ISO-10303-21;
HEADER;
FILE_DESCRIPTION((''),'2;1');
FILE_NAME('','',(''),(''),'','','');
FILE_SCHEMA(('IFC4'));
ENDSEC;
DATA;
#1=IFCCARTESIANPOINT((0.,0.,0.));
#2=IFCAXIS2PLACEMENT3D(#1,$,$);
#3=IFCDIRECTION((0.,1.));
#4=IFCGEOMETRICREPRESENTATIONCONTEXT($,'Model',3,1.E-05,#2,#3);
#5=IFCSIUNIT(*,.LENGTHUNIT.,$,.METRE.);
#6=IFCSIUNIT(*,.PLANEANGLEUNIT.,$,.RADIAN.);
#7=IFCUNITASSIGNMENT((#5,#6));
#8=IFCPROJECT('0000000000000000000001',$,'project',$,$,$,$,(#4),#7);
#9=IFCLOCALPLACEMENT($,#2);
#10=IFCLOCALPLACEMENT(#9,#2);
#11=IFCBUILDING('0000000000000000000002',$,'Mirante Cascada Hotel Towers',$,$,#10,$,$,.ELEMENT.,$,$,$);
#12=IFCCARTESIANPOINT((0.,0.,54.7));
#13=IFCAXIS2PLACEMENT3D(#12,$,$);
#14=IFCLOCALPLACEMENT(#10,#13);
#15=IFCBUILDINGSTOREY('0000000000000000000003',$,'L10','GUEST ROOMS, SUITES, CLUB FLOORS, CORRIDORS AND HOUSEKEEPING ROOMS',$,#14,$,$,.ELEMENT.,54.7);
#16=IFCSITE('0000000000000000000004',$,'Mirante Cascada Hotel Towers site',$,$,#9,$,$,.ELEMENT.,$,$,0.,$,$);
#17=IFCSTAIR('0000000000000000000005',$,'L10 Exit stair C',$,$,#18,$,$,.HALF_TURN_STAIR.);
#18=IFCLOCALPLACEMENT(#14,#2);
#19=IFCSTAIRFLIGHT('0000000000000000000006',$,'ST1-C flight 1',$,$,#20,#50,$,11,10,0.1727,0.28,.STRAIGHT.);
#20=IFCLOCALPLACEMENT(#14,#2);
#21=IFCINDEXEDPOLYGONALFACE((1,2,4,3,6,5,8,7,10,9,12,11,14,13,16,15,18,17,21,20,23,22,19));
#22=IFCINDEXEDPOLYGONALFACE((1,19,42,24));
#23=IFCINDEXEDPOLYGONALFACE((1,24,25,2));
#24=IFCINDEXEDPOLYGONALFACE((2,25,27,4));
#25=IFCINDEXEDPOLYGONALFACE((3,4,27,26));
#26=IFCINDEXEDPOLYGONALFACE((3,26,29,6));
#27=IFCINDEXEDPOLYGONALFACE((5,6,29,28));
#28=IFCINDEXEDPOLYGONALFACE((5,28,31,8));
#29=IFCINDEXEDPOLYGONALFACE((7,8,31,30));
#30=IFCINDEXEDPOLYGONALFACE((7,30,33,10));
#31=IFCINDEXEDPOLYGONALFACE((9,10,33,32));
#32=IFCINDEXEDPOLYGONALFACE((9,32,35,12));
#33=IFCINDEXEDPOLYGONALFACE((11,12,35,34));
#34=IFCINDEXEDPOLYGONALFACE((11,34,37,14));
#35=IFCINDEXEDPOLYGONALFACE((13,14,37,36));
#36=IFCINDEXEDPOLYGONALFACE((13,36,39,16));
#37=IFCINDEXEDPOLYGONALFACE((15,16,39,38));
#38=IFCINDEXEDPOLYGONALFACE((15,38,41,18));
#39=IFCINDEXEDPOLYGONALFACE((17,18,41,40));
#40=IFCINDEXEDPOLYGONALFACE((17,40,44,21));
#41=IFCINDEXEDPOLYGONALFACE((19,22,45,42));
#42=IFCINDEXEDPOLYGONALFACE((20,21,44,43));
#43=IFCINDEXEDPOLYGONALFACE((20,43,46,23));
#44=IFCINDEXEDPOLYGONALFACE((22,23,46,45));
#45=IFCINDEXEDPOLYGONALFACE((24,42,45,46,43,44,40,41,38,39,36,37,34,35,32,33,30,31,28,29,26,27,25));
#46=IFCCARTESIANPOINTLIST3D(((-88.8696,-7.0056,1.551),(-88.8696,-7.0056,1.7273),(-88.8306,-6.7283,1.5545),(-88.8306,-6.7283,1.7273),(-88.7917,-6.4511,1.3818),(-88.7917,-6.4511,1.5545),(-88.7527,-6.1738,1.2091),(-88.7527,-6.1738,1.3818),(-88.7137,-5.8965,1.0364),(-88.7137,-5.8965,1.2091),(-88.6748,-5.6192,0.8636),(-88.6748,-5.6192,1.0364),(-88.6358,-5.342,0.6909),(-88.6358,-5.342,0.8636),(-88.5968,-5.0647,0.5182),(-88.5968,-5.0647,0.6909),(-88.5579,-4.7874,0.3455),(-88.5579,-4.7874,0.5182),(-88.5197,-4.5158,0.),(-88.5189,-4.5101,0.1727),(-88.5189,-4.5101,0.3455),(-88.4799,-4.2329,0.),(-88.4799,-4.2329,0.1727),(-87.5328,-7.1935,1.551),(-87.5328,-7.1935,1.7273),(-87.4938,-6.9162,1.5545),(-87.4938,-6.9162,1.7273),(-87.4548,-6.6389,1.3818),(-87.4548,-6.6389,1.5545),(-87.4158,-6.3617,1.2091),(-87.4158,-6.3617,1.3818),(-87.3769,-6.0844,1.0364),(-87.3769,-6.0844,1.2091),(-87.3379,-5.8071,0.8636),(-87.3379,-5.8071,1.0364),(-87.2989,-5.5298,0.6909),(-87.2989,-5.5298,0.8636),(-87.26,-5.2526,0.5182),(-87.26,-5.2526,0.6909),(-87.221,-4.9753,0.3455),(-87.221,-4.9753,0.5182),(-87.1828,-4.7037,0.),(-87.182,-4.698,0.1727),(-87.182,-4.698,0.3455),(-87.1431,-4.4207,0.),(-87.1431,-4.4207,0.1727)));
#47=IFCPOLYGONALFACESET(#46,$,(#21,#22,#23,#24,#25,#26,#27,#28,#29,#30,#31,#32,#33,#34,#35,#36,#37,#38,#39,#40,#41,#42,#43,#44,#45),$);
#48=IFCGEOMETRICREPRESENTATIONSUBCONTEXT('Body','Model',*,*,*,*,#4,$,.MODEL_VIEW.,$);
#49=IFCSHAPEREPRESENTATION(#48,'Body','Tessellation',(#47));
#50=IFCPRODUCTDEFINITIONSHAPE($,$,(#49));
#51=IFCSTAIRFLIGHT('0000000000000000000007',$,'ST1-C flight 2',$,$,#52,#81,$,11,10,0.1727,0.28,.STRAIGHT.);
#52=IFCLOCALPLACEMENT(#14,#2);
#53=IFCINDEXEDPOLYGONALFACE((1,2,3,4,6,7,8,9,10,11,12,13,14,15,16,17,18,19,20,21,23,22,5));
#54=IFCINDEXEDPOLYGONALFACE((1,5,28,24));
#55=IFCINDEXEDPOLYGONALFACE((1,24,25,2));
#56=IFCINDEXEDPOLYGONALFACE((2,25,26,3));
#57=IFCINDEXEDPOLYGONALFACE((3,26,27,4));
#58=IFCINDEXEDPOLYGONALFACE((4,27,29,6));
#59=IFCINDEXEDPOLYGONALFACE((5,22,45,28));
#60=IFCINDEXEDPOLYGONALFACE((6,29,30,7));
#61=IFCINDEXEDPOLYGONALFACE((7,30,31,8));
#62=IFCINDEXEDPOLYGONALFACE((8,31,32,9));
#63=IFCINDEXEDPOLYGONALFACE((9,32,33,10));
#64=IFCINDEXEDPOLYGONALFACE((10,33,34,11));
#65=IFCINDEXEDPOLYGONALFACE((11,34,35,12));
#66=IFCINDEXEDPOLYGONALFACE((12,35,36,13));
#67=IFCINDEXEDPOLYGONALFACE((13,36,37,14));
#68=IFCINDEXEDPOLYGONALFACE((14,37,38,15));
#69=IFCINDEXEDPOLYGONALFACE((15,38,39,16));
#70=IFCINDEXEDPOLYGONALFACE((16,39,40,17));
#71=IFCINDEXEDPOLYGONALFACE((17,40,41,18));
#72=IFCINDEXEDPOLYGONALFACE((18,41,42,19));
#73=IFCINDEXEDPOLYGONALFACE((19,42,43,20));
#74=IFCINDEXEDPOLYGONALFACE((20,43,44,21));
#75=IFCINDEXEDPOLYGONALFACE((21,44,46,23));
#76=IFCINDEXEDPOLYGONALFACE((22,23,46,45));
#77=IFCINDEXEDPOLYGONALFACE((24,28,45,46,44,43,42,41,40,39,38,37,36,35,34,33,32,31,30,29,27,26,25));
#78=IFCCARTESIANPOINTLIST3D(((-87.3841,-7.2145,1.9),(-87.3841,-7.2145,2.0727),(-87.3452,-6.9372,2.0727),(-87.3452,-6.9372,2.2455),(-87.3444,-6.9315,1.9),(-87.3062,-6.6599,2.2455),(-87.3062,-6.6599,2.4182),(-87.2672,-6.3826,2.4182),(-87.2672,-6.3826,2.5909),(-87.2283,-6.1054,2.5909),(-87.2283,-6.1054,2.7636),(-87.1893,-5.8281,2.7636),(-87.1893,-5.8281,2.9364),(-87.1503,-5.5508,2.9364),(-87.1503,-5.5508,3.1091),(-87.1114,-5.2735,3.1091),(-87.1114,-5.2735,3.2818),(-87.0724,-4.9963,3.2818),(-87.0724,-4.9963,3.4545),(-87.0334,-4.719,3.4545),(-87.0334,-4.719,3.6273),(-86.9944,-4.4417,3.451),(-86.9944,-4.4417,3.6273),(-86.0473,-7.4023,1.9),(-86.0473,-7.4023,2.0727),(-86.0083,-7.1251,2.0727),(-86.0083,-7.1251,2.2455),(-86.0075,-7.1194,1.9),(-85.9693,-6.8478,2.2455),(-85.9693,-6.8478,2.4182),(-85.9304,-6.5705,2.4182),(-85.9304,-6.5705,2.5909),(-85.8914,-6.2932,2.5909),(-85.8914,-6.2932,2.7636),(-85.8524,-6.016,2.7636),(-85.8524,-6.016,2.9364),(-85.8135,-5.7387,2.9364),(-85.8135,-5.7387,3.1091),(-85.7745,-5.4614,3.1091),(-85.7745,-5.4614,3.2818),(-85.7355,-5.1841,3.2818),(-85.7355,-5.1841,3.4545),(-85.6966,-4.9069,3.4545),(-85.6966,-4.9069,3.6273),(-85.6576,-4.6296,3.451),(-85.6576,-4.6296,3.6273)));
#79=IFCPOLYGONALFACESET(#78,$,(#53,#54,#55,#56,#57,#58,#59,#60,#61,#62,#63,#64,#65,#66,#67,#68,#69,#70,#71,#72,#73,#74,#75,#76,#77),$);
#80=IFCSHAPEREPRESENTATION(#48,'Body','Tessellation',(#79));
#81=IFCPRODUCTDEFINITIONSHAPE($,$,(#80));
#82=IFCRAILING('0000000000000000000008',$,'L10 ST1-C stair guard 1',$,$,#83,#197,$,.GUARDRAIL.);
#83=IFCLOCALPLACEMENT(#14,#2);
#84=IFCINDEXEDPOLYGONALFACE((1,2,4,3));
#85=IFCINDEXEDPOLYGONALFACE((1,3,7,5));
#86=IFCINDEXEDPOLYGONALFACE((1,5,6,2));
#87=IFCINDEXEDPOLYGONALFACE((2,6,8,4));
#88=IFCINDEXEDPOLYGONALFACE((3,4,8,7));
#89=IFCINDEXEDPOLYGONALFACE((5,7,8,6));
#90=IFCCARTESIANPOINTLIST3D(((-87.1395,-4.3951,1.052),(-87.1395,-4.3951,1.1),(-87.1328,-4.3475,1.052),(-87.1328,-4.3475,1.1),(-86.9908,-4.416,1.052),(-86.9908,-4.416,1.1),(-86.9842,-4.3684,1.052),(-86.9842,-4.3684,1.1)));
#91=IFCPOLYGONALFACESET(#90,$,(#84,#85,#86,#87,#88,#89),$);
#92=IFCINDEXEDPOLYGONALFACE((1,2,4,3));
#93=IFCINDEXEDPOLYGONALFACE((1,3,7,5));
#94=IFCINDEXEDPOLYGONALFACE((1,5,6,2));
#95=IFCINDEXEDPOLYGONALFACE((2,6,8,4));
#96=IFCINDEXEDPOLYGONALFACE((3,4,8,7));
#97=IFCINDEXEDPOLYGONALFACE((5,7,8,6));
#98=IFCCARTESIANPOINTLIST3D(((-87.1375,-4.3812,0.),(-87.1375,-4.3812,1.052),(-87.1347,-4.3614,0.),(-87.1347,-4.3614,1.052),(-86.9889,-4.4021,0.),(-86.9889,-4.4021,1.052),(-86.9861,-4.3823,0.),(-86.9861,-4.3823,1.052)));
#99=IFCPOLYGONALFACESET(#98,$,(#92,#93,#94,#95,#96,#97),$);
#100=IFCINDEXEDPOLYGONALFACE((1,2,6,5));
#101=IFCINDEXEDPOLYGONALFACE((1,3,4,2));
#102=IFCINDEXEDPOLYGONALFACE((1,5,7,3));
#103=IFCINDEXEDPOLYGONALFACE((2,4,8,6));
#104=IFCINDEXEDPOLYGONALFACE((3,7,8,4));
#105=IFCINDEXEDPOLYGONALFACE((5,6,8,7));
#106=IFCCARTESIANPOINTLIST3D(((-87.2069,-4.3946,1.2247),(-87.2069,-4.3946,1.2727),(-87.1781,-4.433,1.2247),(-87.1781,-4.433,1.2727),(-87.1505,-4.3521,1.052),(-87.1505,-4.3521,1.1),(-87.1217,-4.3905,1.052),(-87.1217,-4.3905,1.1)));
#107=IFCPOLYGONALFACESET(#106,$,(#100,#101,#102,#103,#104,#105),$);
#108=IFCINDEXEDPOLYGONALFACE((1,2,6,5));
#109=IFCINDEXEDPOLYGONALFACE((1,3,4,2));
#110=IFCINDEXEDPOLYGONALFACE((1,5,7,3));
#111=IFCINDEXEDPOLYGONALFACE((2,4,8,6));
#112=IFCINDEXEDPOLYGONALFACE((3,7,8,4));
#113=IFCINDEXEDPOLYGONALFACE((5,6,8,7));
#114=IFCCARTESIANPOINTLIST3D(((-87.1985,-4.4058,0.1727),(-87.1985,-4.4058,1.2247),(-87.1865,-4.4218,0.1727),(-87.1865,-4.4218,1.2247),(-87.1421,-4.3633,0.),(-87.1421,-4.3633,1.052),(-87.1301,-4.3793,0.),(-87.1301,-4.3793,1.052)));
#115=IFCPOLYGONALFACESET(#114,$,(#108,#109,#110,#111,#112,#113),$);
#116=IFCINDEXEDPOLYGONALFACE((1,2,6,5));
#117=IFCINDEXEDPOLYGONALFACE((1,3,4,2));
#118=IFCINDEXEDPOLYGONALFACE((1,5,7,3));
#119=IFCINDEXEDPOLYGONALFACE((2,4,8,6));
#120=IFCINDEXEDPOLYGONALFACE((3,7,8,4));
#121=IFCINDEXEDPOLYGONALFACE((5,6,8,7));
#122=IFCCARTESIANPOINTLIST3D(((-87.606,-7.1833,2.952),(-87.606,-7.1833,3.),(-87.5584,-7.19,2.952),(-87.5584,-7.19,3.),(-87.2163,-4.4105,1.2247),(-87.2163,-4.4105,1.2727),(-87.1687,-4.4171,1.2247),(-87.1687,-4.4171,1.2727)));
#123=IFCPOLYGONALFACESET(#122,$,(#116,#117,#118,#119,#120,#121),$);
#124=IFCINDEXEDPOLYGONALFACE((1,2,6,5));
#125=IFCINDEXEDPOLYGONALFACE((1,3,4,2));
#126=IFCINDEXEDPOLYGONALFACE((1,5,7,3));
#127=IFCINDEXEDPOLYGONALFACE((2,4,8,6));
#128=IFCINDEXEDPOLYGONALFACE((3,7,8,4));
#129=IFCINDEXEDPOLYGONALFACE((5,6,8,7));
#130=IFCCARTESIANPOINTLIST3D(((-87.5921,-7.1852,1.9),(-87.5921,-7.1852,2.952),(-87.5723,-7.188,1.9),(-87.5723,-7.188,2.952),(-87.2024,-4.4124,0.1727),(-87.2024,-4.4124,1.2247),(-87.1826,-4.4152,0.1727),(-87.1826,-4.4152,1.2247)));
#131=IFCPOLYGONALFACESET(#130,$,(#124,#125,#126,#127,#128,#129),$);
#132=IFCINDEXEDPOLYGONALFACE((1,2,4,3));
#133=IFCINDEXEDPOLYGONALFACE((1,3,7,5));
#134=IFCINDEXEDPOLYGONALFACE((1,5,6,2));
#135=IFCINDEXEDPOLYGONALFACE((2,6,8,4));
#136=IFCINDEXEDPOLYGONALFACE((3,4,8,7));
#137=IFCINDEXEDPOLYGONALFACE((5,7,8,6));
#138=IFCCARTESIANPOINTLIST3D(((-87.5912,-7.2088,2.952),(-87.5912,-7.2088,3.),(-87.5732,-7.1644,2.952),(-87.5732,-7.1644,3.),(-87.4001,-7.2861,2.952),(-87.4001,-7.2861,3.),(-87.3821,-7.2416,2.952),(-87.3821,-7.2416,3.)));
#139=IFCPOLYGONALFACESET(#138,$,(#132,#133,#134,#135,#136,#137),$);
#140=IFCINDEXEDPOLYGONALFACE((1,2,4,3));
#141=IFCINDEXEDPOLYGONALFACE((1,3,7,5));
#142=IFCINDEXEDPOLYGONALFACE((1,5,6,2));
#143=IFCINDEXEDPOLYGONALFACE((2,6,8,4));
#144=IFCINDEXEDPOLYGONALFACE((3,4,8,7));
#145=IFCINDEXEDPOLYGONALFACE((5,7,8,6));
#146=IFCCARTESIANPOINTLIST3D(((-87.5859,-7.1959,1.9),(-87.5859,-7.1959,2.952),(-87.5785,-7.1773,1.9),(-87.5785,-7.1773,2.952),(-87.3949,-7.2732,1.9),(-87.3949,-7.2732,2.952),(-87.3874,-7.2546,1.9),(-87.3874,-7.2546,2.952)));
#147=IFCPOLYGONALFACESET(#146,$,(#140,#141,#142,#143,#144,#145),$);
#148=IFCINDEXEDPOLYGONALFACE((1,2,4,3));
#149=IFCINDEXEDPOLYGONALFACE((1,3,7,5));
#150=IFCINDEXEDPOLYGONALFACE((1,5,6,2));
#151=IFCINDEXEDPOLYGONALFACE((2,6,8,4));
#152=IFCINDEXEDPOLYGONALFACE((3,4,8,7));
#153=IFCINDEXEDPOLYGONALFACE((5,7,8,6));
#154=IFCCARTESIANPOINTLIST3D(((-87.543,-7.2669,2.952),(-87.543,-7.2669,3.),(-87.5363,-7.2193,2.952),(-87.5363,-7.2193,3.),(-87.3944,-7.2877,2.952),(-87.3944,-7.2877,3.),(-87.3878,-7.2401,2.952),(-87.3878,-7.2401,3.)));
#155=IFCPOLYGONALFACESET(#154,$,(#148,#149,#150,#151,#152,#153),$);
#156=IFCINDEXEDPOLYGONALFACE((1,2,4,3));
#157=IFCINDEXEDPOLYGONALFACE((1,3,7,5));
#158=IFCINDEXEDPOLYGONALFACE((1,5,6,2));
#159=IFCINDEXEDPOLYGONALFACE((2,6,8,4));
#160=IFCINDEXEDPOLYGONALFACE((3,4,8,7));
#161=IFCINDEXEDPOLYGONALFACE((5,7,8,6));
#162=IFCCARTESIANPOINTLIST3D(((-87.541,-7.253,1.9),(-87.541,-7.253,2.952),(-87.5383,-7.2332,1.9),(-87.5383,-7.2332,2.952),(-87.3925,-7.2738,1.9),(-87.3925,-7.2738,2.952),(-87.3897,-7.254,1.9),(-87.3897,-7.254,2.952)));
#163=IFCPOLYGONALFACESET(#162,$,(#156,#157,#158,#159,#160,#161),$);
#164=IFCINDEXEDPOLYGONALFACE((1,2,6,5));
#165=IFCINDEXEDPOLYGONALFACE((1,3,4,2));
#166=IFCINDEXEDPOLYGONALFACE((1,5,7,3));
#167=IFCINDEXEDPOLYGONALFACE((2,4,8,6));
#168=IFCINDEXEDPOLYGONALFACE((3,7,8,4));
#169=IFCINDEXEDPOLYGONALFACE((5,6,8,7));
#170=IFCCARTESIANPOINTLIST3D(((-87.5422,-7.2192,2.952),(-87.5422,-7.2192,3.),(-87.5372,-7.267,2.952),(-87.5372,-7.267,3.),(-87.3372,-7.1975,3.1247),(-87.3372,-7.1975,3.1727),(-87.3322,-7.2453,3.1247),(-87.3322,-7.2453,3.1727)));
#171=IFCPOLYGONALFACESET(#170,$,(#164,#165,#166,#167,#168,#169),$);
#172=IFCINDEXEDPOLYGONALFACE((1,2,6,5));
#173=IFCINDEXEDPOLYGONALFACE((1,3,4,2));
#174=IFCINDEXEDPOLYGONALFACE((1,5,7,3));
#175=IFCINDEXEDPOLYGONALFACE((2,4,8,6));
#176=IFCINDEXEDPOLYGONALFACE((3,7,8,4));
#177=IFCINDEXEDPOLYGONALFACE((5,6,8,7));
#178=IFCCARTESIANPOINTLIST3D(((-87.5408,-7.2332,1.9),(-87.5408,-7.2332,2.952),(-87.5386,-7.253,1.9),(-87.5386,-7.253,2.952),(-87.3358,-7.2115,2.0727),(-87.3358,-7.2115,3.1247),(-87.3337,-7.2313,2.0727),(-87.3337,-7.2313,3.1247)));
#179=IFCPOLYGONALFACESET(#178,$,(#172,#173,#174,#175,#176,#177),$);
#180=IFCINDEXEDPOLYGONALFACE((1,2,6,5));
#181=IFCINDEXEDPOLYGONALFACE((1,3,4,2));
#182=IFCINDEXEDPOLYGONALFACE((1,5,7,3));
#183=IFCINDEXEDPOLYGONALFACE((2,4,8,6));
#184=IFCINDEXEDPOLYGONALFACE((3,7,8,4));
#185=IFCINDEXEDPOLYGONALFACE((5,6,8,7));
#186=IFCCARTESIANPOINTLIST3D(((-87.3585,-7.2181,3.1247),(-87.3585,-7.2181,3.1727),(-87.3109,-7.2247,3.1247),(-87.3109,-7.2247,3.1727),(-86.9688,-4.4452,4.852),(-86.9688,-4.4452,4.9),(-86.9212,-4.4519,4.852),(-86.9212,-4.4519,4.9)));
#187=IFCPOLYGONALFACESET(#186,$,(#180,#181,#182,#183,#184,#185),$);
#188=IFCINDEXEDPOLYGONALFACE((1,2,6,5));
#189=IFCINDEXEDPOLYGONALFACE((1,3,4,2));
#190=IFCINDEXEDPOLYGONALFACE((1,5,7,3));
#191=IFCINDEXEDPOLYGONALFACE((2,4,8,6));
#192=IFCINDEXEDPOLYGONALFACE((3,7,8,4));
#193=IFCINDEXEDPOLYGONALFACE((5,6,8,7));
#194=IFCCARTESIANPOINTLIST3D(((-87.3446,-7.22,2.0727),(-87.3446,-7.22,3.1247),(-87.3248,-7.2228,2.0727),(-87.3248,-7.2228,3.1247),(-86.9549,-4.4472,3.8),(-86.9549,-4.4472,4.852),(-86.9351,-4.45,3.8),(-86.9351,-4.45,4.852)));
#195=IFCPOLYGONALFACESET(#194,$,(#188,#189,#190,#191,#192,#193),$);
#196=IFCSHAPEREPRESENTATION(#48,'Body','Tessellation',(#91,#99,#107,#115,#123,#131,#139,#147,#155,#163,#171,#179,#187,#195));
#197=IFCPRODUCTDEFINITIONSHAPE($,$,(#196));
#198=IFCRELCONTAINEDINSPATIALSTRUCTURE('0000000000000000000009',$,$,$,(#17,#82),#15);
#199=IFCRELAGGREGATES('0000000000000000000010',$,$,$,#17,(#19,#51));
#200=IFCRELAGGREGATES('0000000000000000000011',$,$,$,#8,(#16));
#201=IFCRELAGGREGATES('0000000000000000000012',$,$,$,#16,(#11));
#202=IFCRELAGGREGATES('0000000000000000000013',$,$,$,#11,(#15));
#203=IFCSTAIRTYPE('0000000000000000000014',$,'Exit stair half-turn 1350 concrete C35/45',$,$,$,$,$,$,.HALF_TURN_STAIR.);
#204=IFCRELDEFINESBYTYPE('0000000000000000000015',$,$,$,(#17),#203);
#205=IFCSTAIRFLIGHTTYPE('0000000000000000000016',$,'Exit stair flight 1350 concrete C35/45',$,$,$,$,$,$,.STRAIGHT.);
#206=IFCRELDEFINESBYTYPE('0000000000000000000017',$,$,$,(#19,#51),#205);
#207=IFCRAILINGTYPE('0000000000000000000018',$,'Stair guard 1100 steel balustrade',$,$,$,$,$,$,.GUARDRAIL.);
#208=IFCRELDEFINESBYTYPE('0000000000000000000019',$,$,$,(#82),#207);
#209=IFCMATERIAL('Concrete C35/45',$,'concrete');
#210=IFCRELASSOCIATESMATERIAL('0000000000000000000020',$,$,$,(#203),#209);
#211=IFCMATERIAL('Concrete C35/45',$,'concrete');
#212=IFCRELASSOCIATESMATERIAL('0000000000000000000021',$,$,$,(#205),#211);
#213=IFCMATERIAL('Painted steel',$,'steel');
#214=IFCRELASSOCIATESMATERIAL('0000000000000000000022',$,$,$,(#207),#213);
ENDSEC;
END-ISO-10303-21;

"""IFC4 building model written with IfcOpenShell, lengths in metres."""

from ifc_helpers import new_model, si_unit, direction, frame, origin, origin_2d, place, context, subcontext, project, spatial, polyline, rectangle, outline, extrude, material, type_object, element, aggregate, save


model = new_model("IFC4")

# Units and contexts
model_context = context("Model", 3, precision=1e-05, world=origin(), true_north=direction((0.0, 1.0)))
body_context = subcontext(model_context, "Body", "Model", "MODEL_VIEW")
ifc_project = project(units=[si_unit("LENGTHUNIT", "METRE"), si_unit("PLANEANGLEUNIT", "RADIAN")], contexts=[model_context])

# Site, building, storey
site_placement = place(None, origin())
site = spatial("IfcSite", under=ifc_project, at=site_placement, Name="Mirante Cascada Hotel Towers site", CompositionType="ELEMENT", RefElevation=0.0)
building_placement = place(site_placement, origin())
building = spatial("IfcBuilding", under=site, at=building_placement, Name="Mirante Cascada Hotel Towers", CompositionType="ELEMENT")
storey_placement = place(building_placement, frame((0.0, 0.0, 54.7)))
storey = spatial("IfcBuildingStorey", under=building, at=storey_placement, Name="L10", Description="GUEST ROOMS, SUITES, CLUB FLOORS, CORRIDORS AND HOUSEKEEPING ROOMS", CompositionType="ELEMENT", Elevation=54.7)

# Stair, stair flights
ifc_material_1 = material(Name="Concrete C35/45", Category="concrete")
stair_type = type_object("IfcStairType", Name="Exit stair half-turn 1350 concrete C35/45", PredefinedType="HALF_TURN_STAIR", material=ifc_material_1)
stair_placement = place(storey_placement, origin())
stair = element("IfcStair", 1, at=stair_placement, inside=storey, type_object=stair_type, Name="L10 Exit stair C", PredefinedType="HALF_TURN_STAIR")
ifc_material_2 = material(Name="Concrete C35/45", Category="concrete")
stair_flight_type = type_object("IfcStairFlightType", Name="Exit stair flight 1350 concrete C35/45", PredefinedType="STRAIGHT", material=ifc_material_2)
stair_flight_1_placement = place(storey_placement, frame((-87.8115, -4.3268, 0.0), z_axis=(0.0, 0.0, 1.0), x_axis=(-0.139173, -0.990268, 0.0)))
stair_flight_1 = element("IfcStairFlight", 2, at=stair_flight_1_placement, type_object=stair_flight_type, Name="ST1-C flight 1", NumberOfRisers=11, NumberOfTreads=10, PredefinedType="STRAIGHT", RiserHeight=0.1727, TreadLength=0.28, context=body_context, shape_type="SweptSolid", body=[
    extrude(outline(polyline([(0.0, 0.0), (0.0, 0.1727), (0.28, 0.1727), (0.28, 0.3455), (0.56, 0.3455), (0.56, 0.5182), (0.84, 0.5182), (0.84, 0.6909), (1.12, 0.6909), (1.12, 0.8636), (1.4, 0.8636), (1.4, 1.0364), (1.68, 1.0364), (1.68, 1.2091), (1.96, 1.2091), (1.96, 1.3818), (2.24, 1.3818), (2.24, 1.5545), (2.52, 1.5545), (2.52, 1.7273), (2.8, 1.7273), (2.8, 1.9), (2.8, 1.551), (0.2857, 0.0), (0.0, 0.0)])), frame((0.0, 0.675, 0.0), z_axis=(0.0, -1.0, 0.0), x_axis=(1.0, 0.0, 0.0)), (0.0, 0.0, 1.0), 1.35),
])
stair_flight_2_placement = place(storey_placement, frame((-86.7157, -7.3084, 1.9), z_axis=(0.0, 0.0, 1.0), x_axis=(0.139173, 0.990268, 0.0)))
stair_flight_2 = element("IfcStairFlight", 3, at=stair_flight_2_placement, type_object=stair_flight_type, Name="ST1-C flight 2", NumberOfRisers=11, NumberOfTreads=10, PredefinedType="STRAIGHT", RiserHeight=0.1727, TreadLength=0.28, context=body_context, shape_type="SweptSolid", body=[
    extrude(outline(polyline([(0.0, 0.0), (0.0, 0.1727), (0.28, 0.1727), (0.28, 0.3455), (0.56, 0.3455), (0.56, 0.5182), (0.84, 0.5182), (0.84, 0.6909), (1.12, 0.6909), (1.12, 0.8636), (1.4, 0.8636), (1.4, 1.0364), (1.68, 1.0364), (1.68, 1.2091), (1.96, 1.2091), (1.96, 1.3818), (2.24, 1.3818), (2.24, 1.5545), (2.52, 1.5545), (2.52, 1.7273), (2.8, 1.7273), (2.8, 1.9), (2.8, 1.551), (0.2857, 0.0), (0.0, 0.0)])), frame((0.0, 0.675, 0.0), z_axis=(0.0, -1.0, 0.0), x_axis=(1.0, 0.0, 0.0)), (0.0, 0.0, 1.0), 1.35),
])
aggregate(stair, [stair_flight_1, stair_flight_2])

# Railing
ifc_material_3 = material(Name="Painted steel", Category="steel")
railing_type_1 = type_object("IfcRailingType", Name="Stair guard 1100 steel balustrade", PredefinedType="GUARDRAIL", material=ifc_material_3)
railing_1_placement = place(storey_placement, frame((-86.9875, -4.3922, 0.0)))
element("IfcRailing", 4, at=railing_1_placement, inside=storey, type_object=railing_type_1, Name="L10 ST1-C stair guard 1", PredefinedType="GUARDRAIL", context=body_context, shape_type="SweptSolid", body=[
    extrude(rectangle(XDim=0.048, YDim=0.048, at=origin_2d()), frame((0.0, 0.0, 1.076), z_axis=(-0.990254, 0.139275, 0.0), x_axis=(-0.139275, -0.990254, 0.0)), (0.0, 0.0, 1.0), 0.1501),
    extrude(rectangle(XDim=0.02, YDim=1.052, at=origin_2d()), frame((0.0, 0.0, 0.526), z_axis=(-0.990254, 0.139275, 0.0), x_axis=(-0.139275, -0.990254, 0.0)), (0.0, 0.0, 1.0), 0.1501),
    extrude(rectangle(XDim=0.048, YDim=0.048, at=origin_2d()), frame((-0.1486, 0.0209, 1.076), z_axis=(-0.798639, -0.601811, 0.0), x_axis=(0.601811, -0.798639, 0.0)), (0.0, 0.925603, 0.378496), 0.1866),
    extrude(rectangle(XDim=0.02, YDim=1.052, at=origin_2d()), frame((-0.1486, 0.0209, 0.526), z_axis=(-0.798639, -0.601811, 0.0), x_axis=(0.601811, -0.798639, 0.0)), (0.0, 0.925603, 0.378496), 0.1866),
    extrude(rectangle(XDim=0.048, YDim=0.048, at=origin_2d()), frame((-0.205, -0.0216, 1.2487), z_axis=(-0.139176, -0.990268, 0.0), x_axis=(0.990268, -0.139176, 0.0)), (0.0, 0.525021, 0.851089), 3.29),
    extrude(rectangle(XDim=0.02, YDim=1.052, at=origin_2d()), frame((-0.205, -0.0216, 0.6987), z_axis=(-0.139176, -0.990268, 0.0), x_axis=(0.990268, -0.139176, 0.0)), (0.0, 0.525021, 0.851089), 3.29),
    extrude(rectangle(XDim=0.048, YDim=0.048, at=origin_2d()), frame((-0.5947, -2.7944, 2.976), z_axis=(0.927031, -0.374984, 0.0), x_axis=(0.374984, 0.927031, 0.0)), (0.0, 0.0, 1.0), 0.2061),
    extrude(rectangle(XDim=0.02, YDim=1.052, at=origin_2d()), frame((-0.5947, -2.7944, 2.426), z_axis=(0.927031, -0.374984, 0.0), x_axis=(0.374984, 0.927031, 0.0)), (0.0, 0.0, 1.0), 0.2061),
    extrude(rectangle(XDim=0.048, YDim=0.048, at=origin_2d()), frame((-0.4036, -2.8717, 2.976), z_axis=(-0.990345, 0.138622, 0.0), x_axis=(-0.138622, -0.990345, 0.0)), (0.0, 0.0, 1.0), 0.15),
    extrude(rectangle(XDim=0.02, YDim=1.052, at=origin_2d()), frame((-0.4036, -2.8717, 2.426), z_axis=(-0.990345, 0.138622, 0.0), x_axis=(-0.138622, -0.990345, 0.0)), (0.0, 0.0, 1.0), 0.15),
    extrude(rectangle(XDim=0.048, YDim=0.048, at=origin_2d()), frame((-0.5522, -2.8509, 2.976), z_axis=(0.994444, 0.105266, 0.0), x_axis=(-0.105266, 0.994444, 0.0)), (0.0, 0.642184, 0.76655), 0.2689),
    extrude(rectangle(XDim=0.02, YDim=1.052, at=origin_2d()), frame((-0.5522, -2.8509, 2.426), z_axis=(0.994444, 0.105266, 0.0), x_axis=(-0.105266, 0.994444, 0.0)), (0.0, 0.642184, 0.76655), 0.2689),
    extrude(rectangle(XDim=0.048, YDim=0.048, at=origin_2d()), frame((-0.3472, -2.8292, 3.1487), z_axis=(0.139176, 0.990268, 0.0), x_axis=(-0.990268, 0.139176, 0.0)), (0.0, 0.525021, 0.851089), 3.29),
    extrude(rectangle(XDim=0.02, YDim=1.052, at=origin_2d()), frame((-0.3472, -2.8292, 2.5987), z_axis=(0.139176, 0.990268, 0.0), x_axis=(-0.990268, 0.139176, 0.0)), (0.0, 0.525021, 0.851089), 3.29),
])

save(model, "model.ifc")
